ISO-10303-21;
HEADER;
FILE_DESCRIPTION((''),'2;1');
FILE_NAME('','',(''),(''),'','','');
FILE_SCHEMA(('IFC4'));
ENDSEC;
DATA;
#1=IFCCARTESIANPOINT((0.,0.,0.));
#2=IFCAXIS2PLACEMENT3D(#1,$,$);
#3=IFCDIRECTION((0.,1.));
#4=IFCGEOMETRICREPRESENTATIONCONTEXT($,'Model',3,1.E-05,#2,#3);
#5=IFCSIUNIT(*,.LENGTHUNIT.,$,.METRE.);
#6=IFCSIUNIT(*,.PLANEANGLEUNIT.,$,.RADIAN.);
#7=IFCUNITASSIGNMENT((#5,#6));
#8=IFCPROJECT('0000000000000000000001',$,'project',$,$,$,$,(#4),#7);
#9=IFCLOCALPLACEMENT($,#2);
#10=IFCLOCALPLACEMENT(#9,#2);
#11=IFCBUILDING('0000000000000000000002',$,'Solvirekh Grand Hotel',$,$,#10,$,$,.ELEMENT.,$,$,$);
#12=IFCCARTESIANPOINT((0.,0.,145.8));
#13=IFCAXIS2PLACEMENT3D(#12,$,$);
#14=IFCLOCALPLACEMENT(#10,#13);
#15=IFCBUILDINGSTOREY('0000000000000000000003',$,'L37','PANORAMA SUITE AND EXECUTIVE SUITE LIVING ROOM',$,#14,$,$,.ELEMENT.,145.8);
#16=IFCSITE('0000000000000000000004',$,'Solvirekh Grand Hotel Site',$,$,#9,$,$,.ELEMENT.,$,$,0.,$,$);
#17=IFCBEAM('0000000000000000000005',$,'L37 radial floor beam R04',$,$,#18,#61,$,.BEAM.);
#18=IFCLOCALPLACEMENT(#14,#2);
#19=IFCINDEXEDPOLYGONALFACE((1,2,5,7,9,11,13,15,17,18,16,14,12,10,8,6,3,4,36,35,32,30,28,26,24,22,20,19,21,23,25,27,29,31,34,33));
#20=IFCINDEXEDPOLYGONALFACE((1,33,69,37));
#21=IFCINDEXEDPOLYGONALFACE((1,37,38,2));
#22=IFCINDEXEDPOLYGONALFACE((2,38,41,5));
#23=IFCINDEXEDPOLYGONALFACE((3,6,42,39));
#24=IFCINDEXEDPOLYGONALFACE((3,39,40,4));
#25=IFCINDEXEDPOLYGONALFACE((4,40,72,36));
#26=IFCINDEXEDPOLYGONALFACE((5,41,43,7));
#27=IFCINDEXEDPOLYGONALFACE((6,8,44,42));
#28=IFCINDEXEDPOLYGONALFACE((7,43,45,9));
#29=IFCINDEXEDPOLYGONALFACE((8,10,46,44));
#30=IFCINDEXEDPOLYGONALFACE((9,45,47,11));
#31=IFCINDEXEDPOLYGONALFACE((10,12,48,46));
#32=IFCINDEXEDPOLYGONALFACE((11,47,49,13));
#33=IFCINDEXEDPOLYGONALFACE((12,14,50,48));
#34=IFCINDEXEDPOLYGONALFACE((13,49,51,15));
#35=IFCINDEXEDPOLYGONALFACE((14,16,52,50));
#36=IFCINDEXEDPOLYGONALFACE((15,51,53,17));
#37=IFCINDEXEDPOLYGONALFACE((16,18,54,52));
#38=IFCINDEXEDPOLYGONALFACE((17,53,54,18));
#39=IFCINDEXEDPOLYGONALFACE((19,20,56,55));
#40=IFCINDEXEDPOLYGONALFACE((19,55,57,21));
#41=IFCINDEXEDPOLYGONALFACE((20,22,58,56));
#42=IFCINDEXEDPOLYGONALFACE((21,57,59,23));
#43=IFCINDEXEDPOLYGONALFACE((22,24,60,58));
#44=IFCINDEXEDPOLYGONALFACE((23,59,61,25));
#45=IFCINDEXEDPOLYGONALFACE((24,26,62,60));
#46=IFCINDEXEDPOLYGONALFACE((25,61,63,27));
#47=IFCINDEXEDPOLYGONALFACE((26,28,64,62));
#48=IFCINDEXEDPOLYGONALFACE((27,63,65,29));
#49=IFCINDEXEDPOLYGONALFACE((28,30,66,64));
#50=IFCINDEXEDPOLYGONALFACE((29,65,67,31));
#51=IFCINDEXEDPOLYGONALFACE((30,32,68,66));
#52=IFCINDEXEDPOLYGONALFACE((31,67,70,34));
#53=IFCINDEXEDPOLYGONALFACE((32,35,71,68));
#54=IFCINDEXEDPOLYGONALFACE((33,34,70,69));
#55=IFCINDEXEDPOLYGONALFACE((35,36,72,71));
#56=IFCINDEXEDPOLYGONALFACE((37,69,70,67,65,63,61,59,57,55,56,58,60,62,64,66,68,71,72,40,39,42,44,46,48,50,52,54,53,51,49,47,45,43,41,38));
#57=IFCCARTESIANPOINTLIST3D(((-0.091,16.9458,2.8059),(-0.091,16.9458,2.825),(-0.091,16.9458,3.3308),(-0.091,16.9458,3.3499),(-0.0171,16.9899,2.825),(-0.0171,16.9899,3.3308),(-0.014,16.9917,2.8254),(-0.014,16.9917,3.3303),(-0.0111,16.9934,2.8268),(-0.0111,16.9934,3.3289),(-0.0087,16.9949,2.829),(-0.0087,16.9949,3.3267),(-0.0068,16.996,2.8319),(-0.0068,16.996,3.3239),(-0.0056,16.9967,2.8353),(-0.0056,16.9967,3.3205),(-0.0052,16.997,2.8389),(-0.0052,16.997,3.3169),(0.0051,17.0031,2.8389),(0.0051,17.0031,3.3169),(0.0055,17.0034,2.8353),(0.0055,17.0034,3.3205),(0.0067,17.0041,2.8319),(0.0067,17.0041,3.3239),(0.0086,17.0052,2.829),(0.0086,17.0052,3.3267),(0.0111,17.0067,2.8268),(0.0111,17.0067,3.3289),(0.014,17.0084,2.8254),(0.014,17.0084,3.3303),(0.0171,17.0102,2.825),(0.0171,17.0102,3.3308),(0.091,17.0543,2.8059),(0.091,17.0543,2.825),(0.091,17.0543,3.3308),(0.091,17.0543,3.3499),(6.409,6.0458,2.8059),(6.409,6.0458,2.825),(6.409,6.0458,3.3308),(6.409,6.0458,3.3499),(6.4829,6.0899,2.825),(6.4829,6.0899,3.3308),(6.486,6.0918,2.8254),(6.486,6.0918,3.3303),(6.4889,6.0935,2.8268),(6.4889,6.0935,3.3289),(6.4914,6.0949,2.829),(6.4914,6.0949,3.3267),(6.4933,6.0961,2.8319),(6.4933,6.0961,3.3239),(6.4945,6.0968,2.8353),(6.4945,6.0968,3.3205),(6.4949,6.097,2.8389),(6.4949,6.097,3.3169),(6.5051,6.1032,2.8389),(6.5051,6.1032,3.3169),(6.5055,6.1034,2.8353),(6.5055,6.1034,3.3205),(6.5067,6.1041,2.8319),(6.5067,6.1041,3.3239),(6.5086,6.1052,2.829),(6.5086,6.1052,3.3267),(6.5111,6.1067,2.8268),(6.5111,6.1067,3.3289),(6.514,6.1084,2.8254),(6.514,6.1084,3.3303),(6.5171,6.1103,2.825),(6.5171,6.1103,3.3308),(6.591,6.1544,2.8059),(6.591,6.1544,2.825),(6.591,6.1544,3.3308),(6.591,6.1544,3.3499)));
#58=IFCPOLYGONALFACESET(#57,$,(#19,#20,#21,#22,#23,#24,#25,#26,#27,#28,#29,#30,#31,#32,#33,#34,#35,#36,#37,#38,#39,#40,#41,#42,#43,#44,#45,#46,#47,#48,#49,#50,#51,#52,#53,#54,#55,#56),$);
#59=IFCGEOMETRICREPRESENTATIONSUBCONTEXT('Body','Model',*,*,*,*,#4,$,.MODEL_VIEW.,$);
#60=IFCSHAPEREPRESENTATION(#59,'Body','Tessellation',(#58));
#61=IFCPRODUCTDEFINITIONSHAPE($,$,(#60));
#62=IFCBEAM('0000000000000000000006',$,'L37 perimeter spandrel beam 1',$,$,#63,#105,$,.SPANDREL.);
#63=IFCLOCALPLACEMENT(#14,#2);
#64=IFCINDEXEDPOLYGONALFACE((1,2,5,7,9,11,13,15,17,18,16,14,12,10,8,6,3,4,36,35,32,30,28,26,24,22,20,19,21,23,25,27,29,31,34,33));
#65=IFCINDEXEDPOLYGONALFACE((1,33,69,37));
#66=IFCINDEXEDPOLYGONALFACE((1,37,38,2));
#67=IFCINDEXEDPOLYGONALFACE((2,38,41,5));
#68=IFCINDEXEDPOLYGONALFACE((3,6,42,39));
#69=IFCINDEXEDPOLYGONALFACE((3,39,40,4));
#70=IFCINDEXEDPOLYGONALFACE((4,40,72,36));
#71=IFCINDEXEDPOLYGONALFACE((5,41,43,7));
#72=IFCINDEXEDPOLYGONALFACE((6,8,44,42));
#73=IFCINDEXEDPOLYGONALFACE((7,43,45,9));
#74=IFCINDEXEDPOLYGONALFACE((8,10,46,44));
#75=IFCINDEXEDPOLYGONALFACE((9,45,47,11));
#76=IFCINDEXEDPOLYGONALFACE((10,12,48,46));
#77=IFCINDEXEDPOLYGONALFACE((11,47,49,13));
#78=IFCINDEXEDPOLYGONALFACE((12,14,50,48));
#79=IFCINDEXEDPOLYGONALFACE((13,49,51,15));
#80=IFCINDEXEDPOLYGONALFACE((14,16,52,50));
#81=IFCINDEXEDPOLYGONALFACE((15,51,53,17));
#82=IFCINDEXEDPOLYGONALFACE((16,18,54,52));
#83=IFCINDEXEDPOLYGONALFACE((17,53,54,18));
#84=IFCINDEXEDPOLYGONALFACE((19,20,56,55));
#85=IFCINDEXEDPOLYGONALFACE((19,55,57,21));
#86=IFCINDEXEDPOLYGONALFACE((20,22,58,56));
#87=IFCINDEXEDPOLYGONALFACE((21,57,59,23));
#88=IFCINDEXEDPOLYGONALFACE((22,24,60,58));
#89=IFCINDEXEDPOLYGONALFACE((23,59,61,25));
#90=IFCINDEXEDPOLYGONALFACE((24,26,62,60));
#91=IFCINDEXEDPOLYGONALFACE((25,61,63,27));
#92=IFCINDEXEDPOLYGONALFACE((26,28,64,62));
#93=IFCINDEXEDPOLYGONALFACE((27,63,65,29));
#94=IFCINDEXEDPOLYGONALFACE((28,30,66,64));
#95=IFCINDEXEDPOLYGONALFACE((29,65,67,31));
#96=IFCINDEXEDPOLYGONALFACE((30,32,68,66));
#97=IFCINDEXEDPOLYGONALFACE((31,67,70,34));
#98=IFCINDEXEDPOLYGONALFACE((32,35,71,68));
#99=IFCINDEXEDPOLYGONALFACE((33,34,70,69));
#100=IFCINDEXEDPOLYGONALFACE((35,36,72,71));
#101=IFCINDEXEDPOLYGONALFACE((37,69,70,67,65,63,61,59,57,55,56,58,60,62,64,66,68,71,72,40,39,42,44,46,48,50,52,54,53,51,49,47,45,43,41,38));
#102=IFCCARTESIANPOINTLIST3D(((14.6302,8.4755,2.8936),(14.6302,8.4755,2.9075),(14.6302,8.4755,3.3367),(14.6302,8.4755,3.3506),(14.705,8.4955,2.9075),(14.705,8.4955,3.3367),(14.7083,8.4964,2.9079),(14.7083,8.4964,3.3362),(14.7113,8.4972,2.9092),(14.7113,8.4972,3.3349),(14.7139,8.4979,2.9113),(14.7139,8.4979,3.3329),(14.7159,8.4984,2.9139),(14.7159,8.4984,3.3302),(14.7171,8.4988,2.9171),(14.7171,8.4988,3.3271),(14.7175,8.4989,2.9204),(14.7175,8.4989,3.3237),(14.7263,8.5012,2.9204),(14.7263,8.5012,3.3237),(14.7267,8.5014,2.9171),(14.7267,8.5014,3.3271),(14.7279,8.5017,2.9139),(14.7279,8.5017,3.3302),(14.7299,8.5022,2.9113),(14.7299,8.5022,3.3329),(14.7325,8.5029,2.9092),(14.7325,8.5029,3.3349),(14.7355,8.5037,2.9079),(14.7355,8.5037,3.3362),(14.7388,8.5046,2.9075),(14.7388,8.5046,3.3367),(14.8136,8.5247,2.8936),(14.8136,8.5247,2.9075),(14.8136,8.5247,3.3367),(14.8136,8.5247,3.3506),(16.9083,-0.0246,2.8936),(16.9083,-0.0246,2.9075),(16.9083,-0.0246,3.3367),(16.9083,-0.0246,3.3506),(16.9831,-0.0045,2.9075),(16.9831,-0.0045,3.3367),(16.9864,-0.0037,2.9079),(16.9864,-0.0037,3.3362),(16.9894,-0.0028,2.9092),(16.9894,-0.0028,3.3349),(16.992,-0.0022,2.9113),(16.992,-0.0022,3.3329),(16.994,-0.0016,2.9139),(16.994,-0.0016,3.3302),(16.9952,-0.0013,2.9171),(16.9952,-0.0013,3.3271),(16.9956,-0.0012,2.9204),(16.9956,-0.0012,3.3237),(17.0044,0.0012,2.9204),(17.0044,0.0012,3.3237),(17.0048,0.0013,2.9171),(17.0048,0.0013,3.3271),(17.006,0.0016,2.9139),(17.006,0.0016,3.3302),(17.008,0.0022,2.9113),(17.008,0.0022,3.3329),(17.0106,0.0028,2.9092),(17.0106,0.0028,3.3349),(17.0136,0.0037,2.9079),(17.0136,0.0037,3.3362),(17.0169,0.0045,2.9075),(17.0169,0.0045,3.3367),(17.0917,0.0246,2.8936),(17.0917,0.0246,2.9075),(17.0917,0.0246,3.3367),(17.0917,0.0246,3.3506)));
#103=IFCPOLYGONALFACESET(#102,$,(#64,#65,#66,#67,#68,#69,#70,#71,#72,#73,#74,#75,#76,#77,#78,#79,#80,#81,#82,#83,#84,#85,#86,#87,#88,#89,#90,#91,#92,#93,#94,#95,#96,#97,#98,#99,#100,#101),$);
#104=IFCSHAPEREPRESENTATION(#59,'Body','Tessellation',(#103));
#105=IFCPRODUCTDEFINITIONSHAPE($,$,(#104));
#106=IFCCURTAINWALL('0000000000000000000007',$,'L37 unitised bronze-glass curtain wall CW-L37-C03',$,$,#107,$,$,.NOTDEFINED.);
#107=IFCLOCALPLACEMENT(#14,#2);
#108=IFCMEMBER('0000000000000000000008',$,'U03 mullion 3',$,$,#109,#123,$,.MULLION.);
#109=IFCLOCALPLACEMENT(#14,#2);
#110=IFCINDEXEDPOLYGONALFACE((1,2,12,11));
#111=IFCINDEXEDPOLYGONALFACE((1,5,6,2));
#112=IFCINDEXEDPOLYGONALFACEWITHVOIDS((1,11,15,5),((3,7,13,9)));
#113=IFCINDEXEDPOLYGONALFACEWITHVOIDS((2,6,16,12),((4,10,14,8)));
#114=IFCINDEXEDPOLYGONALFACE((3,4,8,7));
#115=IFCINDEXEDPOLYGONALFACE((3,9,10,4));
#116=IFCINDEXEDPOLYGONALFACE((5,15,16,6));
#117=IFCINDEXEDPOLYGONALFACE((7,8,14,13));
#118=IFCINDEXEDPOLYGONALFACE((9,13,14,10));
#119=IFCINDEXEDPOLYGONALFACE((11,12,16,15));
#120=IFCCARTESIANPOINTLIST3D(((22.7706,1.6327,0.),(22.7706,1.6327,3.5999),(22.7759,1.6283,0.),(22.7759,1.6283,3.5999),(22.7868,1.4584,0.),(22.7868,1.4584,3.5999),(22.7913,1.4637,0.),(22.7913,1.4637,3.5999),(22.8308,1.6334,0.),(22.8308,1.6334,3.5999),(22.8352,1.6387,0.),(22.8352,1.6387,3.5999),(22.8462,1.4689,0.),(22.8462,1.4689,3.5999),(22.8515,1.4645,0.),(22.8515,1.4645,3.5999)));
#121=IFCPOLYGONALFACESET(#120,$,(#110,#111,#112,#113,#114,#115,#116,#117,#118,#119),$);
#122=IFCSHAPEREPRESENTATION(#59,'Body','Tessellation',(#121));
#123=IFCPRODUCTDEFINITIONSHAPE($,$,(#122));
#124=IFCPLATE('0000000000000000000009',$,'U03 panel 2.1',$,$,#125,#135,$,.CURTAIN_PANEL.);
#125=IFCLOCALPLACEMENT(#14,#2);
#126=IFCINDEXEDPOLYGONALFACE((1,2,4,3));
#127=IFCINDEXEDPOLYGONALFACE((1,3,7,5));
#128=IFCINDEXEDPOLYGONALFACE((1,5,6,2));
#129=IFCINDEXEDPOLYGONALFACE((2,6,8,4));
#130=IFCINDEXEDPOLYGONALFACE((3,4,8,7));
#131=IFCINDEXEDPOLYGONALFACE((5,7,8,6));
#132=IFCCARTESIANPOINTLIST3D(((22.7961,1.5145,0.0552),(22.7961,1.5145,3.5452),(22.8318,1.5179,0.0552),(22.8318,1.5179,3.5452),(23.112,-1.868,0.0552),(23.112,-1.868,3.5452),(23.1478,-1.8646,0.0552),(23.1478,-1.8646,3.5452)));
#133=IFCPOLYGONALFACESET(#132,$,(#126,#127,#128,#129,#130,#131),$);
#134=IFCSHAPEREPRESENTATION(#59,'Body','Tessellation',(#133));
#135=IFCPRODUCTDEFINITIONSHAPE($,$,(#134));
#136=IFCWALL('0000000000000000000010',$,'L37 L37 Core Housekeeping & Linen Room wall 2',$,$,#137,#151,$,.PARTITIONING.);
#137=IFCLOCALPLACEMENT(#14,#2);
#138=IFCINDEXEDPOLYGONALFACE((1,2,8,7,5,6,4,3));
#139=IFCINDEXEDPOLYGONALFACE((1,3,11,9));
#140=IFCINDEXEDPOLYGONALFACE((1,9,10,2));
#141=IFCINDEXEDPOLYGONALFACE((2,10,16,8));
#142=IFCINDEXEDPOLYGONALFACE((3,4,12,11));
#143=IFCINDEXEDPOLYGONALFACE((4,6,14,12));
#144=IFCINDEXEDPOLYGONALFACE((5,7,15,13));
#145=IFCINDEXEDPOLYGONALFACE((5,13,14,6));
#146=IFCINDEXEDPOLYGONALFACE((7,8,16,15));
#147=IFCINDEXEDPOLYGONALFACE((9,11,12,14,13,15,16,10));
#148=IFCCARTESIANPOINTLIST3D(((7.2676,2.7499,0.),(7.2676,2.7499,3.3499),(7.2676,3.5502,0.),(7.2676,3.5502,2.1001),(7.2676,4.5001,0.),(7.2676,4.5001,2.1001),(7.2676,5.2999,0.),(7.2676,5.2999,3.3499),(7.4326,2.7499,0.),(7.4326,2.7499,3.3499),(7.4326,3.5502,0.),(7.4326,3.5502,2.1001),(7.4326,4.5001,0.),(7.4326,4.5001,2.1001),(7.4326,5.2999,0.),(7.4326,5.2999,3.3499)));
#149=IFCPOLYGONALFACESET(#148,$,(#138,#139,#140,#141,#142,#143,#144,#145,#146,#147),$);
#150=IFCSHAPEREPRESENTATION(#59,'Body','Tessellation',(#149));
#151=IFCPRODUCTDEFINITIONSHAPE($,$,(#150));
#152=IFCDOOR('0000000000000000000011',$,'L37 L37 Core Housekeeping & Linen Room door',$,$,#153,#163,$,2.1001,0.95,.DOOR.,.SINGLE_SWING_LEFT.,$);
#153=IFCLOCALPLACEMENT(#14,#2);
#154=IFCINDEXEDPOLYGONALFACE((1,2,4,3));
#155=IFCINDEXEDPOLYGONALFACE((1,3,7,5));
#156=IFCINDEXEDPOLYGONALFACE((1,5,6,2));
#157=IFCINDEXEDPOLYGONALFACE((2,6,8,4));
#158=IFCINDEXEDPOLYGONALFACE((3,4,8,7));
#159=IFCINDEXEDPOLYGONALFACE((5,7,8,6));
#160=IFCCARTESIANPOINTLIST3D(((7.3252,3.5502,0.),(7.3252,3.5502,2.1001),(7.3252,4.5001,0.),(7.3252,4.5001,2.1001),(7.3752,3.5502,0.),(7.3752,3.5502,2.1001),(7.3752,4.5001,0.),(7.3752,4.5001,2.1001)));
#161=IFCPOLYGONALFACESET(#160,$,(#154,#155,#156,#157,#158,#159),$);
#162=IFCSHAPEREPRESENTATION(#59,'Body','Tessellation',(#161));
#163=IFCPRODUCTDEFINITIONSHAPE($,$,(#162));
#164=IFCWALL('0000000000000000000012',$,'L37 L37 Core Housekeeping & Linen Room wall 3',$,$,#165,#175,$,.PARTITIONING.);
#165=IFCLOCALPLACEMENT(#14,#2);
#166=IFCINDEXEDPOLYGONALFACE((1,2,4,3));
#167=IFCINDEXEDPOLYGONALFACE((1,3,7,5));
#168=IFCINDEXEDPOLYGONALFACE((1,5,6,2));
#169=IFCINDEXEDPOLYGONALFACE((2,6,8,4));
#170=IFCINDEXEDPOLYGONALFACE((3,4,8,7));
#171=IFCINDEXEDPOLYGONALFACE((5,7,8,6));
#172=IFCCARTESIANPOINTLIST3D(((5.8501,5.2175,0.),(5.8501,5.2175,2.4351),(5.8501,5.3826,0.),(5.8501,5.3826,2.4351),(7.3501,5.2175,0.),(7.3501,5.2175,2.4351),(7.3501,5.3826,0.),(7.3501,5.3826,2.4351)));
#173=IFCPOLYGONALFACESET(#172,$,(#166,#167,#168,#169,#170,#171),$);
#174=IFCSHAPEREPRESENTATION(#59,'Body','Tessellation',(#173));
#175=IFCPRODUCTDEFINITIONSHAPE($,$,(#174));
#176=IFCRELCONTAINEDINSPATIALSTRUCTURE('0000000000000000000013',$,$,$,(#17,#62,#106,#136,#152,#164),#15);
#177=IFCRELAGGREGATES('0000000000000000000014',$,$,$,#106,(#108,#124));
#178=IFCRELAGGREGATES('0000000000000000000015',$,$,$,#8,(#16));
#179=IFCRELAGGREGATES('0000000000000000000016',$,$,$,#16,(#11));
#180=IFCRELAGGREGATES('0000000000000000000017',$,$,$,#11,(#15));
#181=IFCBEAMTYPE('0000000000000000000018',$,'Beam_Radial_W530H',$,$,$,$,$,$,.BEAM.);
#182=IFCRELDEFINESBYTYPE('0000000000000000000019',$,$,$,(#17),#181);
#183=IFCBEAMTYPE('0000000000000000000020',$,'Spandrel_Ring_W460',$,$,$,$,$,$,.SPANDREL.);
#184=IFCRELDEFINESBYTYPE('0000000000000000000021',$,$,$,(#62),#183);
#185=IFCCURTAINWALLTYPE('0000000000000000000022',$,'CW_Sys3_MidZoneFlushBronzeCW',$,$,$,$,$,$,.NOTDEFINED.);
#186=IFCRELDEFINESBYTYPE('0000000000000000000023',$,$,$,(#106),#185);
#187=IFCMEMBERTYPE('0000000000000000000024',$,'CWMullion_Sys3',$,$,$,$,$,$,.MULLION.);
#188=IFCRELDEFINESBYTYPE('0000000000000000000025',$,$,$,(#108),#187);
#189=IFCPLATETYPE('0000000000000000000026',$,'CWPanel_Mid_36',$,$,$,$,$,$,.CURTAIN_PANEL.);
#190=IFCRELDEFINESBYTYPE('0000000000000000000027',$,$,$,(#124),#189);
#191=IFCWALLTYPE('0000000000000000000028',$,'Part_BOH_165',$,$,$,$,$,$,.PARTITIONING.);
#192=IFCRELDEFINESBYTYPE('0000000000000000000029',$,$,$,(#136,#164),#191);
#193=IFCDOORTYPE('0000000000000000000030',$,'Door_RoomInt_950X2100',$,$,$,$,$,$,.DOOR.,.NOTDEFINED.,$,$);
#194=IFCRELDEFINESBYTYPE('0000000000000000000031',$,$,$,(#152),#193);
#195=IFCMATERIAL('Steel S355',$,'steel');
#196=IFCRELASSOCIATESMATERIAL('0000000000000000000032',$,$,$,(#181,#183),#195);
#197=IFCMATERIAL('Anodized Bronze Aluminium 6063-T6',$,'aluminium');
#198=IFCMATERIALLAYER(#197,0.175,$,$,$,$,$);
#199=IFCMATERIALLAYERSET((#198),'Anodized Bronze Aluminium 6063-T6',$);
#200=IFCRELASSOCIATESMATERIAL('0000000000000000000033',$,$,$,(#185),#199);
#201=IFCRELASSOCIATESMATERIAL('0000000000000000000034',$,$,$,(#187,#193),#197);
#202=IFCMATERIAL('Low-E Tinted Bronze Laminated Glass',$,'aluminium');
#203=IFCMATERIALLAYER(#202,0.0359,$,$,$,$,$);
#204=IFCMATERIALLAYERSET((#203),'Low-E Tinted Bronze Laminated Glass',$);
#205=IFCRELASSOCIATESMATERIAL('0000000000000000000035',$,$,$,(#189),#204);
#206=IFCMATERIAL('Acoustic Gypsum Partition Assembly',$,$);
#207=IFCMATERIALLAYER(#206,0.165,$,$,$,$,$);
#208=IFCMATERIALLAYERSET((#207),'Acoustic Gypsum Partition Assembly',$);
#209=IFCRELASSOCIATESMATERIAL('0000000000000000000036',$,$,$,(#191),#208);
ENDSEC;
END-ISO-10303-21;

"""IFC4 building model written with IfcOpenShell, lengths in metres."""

from ifc_helpers import new_model, si_unit, direction, frame, frame_2d, origin, origin_2d, place, context, subcontext, project, spatial, rectangle, hollow_rectangle, i_section, extrude, source, transform, mapped, material, layer, layer_set, material_profile, profile_set, type_object, element, fill, aggregate, save


model = new_model("IFC4")

# Units and contexts
model_context = context("Model", 3, precision=1e-05, world=origin(), true_north=direction((0.0, 1.0)))
body_context = subcontext(model_context, "Body", "Model", "MODEL_VIEW")
ifc_project = project(units=[si_unit("LENGTHUNIT", "METRE"), si_unit("PLANEANGLEUNIT", "RADIAN")], contexts=[model_context])

# Site, building, storey
site_placement = place(None, origin())
site = spatial("IfcSite", under=ifc_project, at=site_placement, Name="Solvirekh Grand Hotel Site", CompositionType="ELEMENT", RefElevation=0.0)
building_placement = place(site_placement, origin())
building = spatial("IfcBuilding", under=site, at=building_placement, Name="Solvirekh Grand Hotel", CompositionType="ELEMENT")
storey_placement = place(building_placement, frame((0.0, 0.0, 145.8)))
storey = spatial("IfcBuildingStorey", under=building, at=storey_placement, Name="L37", Description="PANORAMA SUITE AND EXECUTIVE SUITE LIVING ROOM", CompositionType="ELEMENT", Elevation=145.8)

# Beams
ifc_material_1 = material(Name="Steel S355", Category="steel")
ifc_material_profile_1 = material_profile(ifc_material_1, i_section(OverallWidth=0.2119, OverallDepth=0.5439, WebThickness=0.012, FlangeThickness=0.019, FilletRadius=0.0139, at=origin_2d()), Name="W530X123")
ifc_profile_set_1 = profile_set([ifc_material_profile_1], Name="Steel S355")
beam_type_1 = type_object("IfcBeamType", Name="Beam_Radial_W530H", PredefinedType="BEAM", material=ifc_profile_set_1)
beam_1_placement = place(storey_placement, frame((6.5, 6.1001, 3.0779), z_axis=(-0.51218, 0.858878, 0.0), x_axis=(-0.858878, -0.51218, 0.0)))
element("IfcBeam", 1, at=beam_1_placement, inside=storey, type_object=beam_type_1, Name="L37 radial floor beam R04", PredefinedType="BEAM", context=body_context, shape_type="SweptSolid", body=[
    extrude(i_section(OverallWidth=0.2119, OverallDepth=0.5439, WebThickness=0.012, FlangeThickness=0.019, FilletRadius=0.0139, at=origin_2d()), origin(), (0.0, 0.0, 1.0), 12.6909),
])
ifc_material_profile_2 = material_profile(ifc_material_1, i_section(OverallWidth=0.1899, OverallDepth=0.457, WebThickness=0.009, FlangeThickness=0.0139, FilletRadius=0.0129, at=origin_2d()), Name="W460X74")
ifc_profile_set_2 = profile_set([ifc_material_profile_2], Name="Steel S355")
beam_type_2 = type_object("IfcBeamType", Name="Spandrel_Ring_W460", PredefinedType="SPANDREL", material=ifc_profile_set_2)
beam_2_placement = place(storey_placement, frame((17.0, 0.0, 3.1221), z_axis=(-0.258873, 0.965911, 0.0), x_axis=(-0.965911, -0.258873, 0.0)))
element("IfcBeam", 2, at=beam_2_placement, inside=storey, type_object=beam_type_2, Name="L37 perimeter spandrel beam 1", PredefinedType="SPANDREL", context=body_context, shape_type="SweptSolid", body=[
    extrude(i_section(OverallWidth=0.1899, OverallDepth=0.457, WebThickness=0.009, FlangeThickness=0.0139, FilletRadius=0.0129, at=origin_2d()), origin(), (0.0, 0.0, 1.0), 8.8),
])

# Curtain wall, member, plate
ifc_material_2 = material(Name="Anodized Bronze Aluminium 6063-T6", Category="aluminium")
ifc_layer_1 = layer(ifc_material_2, 0.175)
ifc_layer_set_1 = layer_set([ifc_layer_1], Name="Anodized Bronze Aluminium 6063-T6")
curtain_wall_type = type_object("IfcCurtainWallType", Name="CW_Sys3_MidZoneFlushBronzeCW", PredefinedType="NOTDEFINED", material=ifc_layer_set_1)
curtain_wall_placement = place(storey_placement, origin())
curtain_wall = element("IfcCurtainWall", 3, at=curtain_wall_placement, inside=storey, type_object=curtain_wall_type, Name="L37 unitised bronze-glass curtain wall CW-L37-C03", PredefinedType="NOTDEFINED")
ifc_material_profile_3 = material_profile(ifc_material_2, hollow_rectangle(XDim=0.0649, YDim=0.175, WallThickness=0.0049, at=origin_2d()), Name="ALU RHS 175X65X5")
ifc_profile_set_3 = profile_set([ifc_material_profile_3], Name="Anodized Bronze Aluminium 6063-T6")
member_type = type_object("IfcMemberType", Name="CWMullion_Sys3", PredefinedType="MULLION", material=ifc_profile_set_3)
shared_shape_1 = source(origin(), body_context, "Body", "SweptSolid", [
    extrude(hollow_rectangle(XDim=0.0649, YDim=0.175, WallThickness=0.0049, at=origin_2d()), origin(), (0.0, 0.0, 1.0), 3.5999),
])
member_placement = place(storey_placement, frame((22.811, 1.5486, 0.0), z_axis=(0.0, 0.0, 1.0), x_axis=(-0.995666, -0.092999, 0.0)))
member = element("IfcMember", 4, at=member_placement, type_object=member_type, Name="U03 mullion 3", PredefinedType="MULLION", context=body_context, shape_type="MappedRepresentation", body=[
    mapped(shared_shape_1, transform((0.0, 0.0, 0.0), x_axis=(1.0, 0.0, 0.0), y_axis=(0.0, 1.0, 0.0), z_axis=(0.0, 0.0, 1.0), scale=1.0)),
])
ifc_material_3 = material(Name="Low-E Tinted Bronze Laminated Glass", Category="aluminium")
ifc_layer_2 = layer(ifc_material_3, 0.0359)
ifc_layer_set_2 = layer_set([ifc_layer_2], Name="Low-E Tinted Bronze Laminated Glass")
plate_type = type_object("IfcPlateType", Name="CWPanel_Mid_36", PredefinedType="CURTAIN_PANEL", material=ifc_layer_set_2)
shared_shape_2 = source(origin(), body_context, "Body", "SweptSolid", [
    extrude(rectangle(XDim=3.3972, YDim=0.0359, at=origin_2d()), origin(), (0.0, 0.0, 1.0), 3.49),
])
plate_placement = place(storey_placement, frame((22.9719, -0.175, 0.0552), z_axis=(0.0, 0.0, 1.0), x_axis=(-0.092999, 0.995666, 0.0)))
plate = element("IfcPlate", 5, at=plate_placement, type_object=plate_type, Name="U03 panel 2.1", PredefinedType="CURTAIN_PANEL", context=body_context, shape_type="MappedRepresentation", body=[
    mapped(shared_shape_2, transform((0.0, 0.0, 0.0), x_axis=(1.0, 0.0, 0.0), y_axis=(0.0, 1.0, 0.0), z_axis=(0.0, 0.0, 1.0), scale=1.0)),
])
aggregate(curtain_wall, [member, plate])

# Wall, opening, door
ifc_material_4 = material(Name="Acoustic Gypsum Partition Assembly")
ifc_layer_3 = layer(ifc_material_4, 0.165)
ifc_layer_set_3 = layer_set([ifc_layer_3], Name="Acoustic Gypsum Partition Assembly")
wall_type_1 = type_object("IfcWallType", Name="Part_BOH_165", PredefinedType="PARTITIONING", material=ifc_layer_set_3)
wall_1_placement = place(storey_placement, frame((7.3501, 2.75, 0.0), z_axis=(0.0, 0.0, 1.0), x_axis=(0.0, 1.0, 0.0)))
wall_1 = element("IfcWall", 6, at=wall_1_placement, inside=storey, type_object=wall_type_1, Name="L37 L37 Core Housekeeping & Linen Room wall 2", PredefinedType="PARTITIONING", context=body_context, shape_type="SweptSolid", body=[
    extrude(rectangle(XDim=2.55, YDim=0.165, at=frame_2d((1.2749, 0.0))), origin(), (0.0, 0.0, 1.0), 3.3499),
])
opening_1_placement = place(wall_1_placement, frame((0.8, 0.0, 0.0)))
opening_1 = element("IfcOpeningElement", 7, at=opening_1_placement, cuts=wall_1, PredefinedType="OPENING", context=body_context, shape_type="SweptSolid", body=[
    extrude(rectangle(XDim=0.95, YDim=2.1001, at=frame_2d((0.4751, 1.05))), frame((0.0, 0.0925, 0.0), z_axis=(0.0, -1.0, 0.0), x_axis=(1.0, 0.0, 0.0)), (0.0, 0.0, 1.0), 0.1851),
])
door_type_1 = type_object("IfcDoorType", Name="Door_RoomInt_950X2100", OperationType="NOTDEFINED", PredefinedType="DOOR", material=ifc_material_2)
door_1_placement = place(opening_1_placement, origin())
door_1 = element("IfcDoor", 8, at=door_1_placement, inside=storey, type_object=door_type_1, Name="L37 L37 Core Housekeeping & Linen Room door", OperationType="SINGLE_SWING_LEFT", OverallHeight=2.1001, OverallWidth=0.95, PredefinedType="DOOR", context=body_context, shape_type="SweptSolid", body=[
    extrude(rectangle(XDim=0.95, YDim=2.1001, at=frame_2d((0.4751, 1.05))), frame((0.0, 0.0249, 0.0), z_axis=(0.0, -1.0, 0.0), x_axis=(1.0, 0.0, 0.0)), (0.0, 0.0, 1.0), 0.05),
])
fill(opening_1, door_1)

# Wall
wall_2_placement = place(storey_placement, frame((7.3501, 5.3, 0.0), z_axis=(0.0, 0.0, 1.0), x_axis=(-1.0, 0.0, 0.0)))
element("IfcWall", 9, at=wall_2_placement, inside=storey, type_object=wall_type_1, Name="L37 L37 Core Housekeeping & Linen Room wall 3", PredefinedType="PARTITIONING", context=body_context, shape_type="SweptSolid", body=[
    extrude(rectangle(XDim=1.5, YDim=0.165, at=frame_2d((0.75, 0.0))), origin(), (0.0, 0.0, 1.0), 2.4351),
])

save(model, "model.ifc")
